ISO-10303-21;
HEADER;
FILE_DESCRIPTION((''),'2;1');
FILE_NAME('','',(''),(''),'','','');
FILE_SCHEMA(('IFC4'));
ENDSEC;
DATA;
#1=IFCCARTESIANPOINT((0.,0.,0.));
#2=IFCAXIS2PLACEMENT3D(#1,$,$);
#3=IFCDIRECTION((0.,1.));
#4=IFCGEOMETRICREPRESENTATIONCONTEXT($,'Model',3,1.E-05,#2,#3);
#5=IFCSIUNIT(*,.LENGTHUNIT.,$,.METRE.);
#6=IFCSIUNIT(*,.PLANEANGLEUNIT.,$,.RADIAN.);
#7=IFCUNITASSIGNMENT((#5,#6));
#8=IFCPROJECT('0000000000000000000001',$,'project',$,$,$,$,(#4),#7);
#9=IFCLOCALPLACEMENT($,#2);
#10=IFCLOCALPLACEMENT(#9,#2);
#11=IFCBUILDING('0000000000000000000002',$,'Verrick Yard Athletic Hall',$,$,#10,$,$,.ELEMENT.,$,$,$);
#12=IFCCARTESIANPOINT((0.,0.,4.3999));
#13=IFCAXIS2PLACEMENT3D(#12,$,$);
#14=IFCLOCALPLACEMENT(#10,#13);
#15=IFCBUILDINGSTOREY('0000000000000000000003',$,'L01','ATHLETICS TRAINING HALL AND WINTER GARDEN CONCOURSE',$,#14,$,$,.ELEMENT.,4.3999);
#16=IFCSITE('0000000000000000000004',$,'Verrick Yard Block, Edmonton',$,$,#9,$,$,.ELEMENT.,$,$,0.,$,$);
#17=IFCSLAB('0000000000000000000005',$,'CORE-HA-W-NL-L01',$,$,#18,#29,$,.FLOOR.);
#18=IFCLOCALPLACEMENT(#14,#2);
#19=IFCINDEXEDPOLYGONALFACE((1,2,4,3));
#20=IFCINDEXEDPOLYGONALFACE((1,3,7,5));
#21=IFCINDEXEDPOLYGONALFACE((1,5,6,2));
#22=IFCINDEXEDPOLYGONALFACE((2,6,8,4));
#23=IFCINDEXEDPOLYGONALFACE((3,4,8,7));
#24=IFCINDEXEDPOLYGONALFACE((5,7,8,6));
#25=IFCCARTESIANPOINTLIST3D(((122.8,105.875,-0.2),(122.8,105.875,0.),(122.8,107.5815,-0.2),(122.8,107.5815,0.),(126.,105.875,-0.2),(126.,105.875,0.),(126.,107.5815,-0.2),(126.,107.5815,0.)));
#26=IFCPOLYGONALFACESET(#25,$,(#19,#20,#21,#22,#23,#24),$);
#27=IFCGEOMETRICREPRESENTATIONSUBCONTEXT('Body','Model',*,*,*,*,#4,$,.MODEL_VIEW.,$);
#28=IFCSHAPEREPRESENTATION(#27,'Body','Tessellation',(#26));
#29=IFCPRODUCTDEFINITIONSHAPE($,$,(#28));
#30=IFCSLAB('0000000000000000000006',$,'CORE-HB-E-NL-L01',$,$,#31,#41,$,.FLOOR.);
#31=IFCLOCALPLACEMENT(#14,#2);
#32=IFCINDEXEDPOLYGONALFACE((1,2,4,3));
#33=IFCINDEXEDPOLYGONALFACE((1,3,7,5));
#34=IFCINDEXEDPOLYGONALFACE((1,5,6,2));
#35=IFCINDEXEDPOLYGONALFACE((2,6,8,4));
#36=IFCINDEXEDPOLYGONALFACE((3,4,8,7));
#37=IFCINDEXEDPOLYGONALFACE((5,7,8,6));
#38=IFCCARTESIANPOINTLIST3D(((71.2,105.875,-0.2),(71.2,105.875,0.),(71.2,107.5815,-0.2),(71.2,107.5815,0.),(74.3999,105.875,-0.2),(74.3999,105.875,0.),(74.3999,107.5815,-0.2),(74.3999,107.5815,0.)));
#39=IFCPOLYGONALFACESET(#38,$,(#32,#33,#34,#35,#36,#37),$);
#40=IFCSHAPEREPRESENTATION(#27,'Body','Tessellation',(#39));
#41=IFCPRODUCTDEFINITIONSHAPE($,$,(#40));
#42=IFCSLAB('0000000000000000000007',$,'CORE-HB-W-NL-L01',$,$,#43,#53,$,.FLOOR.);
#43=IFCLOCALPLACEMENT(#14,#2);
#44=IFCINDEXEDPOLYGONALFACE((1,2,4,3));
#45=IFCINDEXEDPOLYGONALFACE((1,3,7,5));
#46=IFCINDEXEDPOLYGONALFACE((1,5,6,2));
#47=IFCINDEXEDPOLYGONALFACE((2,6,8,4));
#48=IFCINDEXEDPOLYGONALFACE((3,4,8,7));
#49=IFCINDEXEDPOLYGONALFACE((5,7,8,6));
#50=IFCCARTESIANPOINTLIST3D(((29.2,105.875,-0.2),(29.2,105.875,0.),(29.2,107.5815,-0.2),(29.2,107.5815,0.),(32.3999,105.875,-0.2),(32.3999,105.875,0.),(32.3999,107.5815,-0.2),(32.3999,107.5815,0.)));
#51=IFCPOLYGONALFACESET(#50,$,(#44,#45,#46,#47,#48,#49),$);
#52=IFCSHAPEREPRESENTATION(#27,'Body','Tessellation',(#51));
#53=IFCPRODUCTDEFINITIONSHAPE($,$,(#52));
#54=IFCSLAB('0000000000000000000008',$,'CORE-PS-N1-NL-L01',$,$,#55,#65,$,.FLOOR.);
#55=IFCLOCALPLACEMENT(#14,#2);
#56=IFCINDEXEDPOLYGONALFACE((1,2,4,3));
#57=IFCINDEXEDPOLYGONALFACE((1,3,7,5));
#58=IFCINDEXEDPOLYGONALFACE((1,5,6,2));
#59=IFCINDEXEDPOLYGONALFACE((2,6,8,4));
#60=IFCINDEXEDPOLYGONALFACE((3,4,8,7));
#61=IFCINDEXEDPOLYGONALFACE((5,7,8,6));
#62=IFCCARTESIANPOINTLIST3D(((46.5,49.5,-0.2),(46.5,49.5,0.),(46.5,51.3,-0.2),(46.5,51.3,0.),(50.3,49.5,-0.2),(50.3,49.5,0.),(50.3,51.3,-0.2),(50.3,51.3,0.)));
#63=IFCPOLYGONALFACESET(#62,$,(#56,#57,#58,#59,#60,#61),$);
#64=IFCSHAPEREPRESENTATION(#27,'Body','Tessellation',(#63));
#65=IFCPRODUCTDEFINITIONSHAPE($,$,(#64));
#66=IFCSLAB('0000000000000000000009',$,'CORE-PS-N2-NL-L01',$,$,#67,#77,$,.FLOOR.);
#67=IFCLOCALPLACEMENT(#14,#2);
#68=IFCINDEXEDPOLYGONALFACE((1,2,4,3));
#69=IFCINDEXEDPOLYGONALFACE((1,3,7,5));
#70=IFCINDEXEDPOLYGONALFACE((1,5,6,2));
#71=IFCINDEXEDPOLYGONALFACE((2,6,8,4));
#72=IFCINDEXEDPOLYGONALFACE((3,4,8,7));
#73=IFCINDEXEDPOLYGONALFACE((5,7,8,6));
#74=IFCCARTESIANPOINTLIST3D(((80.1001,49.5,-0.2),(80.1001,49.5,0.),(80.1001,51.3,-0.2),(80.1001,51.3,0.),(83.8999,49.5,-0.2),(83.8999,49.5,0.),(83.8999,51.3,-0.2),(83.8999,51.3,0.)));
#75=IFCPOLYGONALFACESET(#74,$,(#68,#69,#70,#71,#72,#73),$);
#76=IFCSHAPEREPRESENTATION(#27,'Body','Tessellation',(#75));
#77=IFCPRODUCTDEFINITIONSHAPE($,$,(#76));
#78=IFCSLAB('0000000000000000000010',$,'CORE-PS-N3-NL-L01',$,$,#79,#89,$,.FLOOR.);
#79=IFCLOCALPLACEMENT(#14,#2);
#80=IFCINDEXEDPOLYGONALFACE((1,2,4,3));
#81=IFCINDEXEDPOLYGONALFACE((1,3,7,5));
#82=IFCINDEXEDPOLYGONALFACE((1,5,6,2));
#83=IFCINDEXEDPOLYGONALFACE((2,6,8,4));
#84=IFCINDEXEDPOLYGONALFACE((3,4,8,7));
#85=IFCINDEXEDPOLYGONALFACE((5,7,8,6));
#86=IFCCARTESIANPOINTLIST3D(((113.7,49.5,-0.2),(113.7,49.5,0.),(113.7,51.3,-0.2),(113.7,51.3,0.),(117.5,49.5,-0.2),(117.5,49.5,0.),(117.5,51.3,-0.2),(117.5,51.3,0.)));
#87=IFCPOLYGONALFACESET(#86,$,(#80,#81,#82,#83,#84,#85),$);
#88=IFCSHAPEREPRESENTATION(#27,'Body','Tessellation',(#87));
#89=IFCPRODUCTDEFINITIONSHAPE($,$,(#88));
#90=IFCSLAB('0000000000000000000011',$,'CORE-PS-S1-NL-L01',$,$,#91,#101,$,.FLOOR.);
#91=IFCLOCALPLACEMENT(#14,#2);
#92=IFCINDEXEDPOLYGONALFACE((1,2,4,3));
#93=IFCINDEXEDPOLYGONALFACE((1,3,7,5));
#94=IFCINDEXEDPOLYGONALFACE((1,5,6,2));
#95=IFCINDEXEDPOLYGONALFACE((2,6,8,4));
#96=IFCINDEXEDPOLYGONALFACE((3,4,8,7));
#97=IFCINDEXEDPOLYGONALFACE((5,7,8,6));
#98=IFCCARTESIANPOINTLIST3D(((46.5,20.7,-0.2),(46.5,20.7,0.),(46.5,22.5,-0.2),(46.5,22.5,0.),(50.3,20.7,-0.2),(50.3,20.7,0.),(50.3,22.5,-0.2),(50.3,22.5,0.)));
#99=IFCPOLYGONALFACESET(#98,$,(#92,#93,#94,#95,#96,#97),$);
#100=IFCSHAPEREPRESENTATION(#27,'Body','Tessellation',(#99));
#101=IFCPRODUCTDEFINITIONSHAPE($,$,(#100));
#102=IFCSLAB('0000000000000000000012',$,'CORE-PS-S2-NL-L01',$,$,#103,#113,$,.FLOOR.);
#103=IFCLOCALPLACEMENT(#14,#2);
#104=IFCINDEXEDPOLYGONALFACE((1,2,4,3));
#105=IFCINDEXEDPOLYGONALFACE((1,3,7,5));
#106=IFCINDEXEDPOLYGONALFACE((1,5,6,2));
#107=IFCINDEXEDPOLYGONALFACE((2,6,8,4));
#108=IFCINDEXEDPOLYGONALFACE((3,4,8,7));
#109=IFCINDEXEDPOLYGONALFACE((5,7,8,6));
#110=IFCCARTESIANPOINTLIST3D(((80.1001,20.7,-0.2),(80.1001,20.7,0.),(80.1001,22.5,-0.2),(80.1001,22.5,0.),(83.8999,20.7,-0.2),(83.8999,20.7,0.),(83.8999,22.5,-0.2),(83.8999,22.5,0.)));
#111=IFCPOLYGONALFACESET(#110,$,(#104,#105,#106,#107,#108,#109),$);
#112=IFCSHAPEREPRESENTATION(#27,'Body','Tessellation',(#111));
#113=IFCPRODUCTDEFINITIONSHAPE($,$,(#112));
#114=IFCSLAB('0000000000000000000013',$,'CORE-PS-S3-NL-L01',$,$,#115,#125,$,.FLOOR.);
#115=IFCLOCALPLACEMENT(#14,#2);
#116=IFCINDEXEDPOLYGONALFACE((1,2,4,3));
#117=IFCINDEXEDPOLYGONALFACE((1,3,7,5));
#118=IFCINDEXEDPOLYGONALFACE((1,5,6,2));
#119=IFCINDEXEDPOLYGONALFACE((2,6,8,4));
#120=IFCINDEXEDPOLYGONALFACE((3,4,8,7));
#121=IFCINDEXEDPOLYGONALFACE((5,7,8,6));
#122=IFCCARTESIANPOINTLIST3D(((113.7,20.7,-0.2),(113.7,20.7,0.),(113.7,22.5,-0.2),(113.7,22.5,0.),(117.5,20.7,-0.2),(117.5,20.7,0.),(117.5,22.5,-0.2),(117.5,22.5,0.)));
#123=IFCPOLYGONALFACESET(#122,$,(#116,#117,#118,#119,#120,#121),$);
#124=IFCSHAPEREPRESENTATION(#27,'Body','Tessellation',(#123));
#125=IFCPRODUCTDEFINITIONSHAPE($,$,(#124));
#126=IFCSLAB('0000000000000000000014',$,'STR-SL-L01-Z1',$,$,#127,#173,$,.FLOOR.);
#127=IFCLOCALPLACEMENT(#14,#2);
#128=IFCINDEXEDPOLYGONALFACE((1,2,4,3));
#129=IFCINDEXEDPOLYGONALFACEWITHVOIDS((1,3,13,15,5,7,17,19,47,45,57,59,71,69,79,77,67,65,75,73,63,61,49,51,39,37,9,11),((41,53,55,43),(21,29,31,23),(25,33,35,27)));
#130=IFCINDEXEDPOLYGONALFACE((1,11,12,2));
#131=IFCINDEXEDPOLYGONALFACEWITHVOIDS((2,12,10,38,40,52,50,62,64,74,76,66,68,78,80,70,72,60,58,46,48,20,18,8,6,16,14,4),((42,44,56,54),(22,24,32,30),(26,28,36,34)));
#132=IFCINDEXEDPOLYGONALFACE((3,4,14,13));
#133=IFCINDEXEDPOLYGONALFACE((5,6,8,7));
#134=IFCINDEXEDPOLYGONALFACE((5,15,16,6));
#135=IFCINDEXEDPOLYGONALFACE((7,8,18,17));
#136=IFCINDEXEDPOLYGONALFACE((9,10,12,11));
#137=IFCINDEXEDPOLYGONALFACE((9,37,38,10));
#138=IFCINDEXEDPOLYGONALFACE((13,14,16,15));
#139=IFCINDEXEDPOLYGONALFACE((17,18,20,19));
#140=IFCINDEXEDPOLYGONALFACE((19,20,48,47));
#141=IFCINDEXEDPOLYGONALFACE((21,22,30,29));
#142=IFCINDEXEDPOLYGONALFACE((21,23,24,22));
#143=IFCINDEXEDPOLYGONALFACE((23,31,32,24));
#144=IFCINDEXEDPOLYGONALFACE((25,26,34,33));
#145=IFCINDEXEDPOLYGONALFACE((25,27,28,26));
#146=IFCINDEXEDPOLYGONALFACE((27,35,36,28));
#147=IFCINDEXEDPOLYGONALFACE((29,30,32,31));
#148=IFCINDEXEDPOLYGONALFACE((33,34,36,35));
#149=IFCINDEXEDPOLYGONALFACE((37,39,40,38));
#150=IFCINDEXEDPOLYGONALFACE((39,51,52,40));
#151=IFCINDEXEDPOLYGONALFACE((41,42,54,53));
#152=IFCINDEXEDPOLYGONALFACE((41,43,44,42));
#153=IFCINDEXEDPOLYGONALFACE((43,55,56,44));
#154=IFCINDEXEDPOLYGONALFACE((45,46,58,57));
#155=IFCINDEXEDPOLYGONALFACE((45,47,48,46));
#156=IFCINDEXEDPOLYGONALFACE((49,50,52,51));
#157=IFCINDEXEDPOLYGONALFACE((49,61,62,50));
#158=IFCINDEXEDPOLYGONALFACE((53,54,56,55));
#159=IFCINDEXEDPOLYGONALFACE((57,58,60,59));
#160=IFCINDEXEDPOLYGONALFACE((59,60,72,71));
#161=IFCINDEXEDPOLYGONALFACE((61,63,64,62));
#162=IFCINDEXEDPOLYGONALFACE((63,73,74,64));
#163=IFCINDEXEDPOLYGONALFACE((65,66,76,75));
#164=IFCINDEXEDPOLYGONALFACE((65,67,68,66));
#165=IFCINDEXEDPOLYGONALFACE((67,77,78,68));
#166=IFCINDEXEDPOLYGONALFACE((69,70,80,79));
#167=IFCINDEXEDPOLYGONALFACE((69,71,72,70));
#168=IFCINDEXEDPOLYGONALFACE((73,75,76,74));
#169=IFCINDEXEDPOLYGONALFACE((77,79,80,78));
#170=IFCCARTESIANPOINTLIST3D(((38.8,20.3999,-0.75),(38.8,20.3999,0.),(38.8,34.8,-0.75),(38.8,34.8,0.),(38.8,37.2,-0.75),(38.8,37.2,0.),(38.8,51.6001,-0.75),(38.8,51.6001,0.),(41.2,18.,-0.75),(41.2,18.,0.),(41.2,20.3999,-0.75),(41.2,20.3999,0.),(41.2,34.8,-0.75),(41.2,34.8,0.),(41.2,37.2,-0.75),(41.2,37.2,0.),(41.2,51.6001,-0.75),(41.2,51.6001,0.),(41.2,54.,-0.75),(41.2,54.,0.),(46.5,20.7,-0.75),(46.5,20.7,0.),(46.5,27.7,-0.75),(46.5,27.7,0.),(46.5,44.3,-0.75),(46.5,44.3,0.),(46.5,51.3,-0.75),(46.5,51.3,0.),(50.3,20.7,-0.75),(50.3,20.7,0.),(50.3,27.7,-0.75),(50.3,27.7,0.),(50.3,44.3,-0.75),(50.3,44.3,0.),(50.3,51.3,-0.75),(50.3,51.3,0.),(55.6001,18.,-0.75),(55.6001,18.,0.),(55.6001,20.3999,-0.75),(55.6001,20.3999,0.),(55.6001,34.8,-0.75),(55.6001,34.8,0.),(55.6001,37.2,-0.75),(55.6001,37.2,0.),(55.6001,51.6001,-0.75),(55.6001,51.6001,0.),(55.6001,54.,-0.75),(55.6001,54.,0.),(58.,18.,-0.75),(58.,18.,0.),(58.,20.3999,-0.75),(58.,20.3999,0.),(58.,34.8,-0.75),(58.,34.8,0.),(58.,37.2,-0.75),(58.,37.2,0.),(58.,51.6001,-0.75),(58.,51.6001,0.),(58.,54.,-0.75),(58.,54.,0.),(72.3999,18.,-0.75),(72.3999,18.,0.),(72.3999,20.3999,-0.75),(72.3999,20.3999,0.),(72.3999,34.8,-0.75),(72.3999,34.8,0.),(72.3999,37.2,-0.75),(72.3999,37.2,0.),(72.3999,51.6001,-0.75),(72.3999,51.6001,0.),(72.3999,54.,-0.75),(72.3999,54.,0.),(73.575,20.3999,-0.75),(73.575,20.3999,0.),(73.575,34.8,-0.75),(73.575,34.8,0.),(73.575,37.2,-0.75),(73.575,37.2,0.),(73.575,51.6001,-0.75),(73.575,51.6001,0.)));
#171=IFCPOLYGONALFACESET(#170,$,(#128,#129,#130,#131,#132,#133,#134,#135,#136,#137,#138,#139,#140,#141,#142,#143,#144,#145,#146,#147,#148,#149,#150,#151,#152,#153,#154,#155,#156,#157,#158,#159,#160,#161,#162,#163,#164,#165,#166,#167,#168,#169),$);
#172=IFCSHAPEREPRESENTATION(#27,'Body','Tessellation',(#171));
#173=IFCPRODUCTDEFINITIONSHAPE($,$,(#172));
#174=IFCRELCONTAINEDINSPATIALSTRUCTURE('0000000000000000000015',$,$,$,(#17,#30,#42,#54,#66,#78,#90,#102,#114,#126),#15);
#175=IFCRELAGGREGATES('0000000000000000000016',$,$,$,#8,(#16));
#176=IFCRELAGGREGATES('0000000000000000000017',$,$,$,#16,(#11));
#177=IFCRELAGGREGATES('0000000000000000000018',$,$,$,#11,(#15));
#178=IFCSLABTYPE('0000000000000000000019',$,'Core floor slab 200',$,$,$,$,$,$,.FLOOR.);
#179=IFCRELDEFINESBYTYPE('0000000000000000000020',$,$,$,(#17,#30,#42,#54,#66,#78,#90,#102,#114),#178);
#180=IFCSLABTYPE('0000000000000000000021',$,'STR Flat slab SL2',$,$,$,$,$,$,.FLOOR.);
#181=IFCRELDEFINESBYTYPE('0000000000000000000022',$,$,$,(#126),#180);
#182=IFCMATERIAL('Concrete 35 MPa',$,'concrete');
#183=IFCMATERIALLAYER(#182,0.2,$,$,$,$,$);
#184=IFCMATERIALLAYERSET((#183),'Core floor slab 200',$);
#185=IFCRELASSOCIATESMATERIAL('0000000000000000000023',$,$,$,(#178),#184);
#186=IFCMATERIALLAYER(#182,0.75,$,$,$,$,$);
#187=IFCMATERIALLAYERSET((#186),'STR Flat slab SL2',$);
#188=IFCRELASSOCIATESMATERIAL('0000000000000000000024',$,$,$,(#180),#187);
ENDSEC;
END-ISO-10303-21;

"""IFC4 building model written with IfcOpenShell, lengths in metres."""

from ifc_helpers import new_model, si_unit, direction, frame, origin, place, context, subcontext, project, spatial, polyline, outline, extrude, material, layer, layer_set, type_object, element, save


model = new_model("IFC4")

# Units and contexts
model_context = context("Model", 3, precision=1e-05, world=origin(), true_north=direction((0.0, 1.0)))
body_context = subcontext(model_context, "Body", "Model", "MODEL_VIEW")
ifc_project = project(units=[si_unit("LENGTHUNIT", "METRE"), si_unit("PLANEANGLEUNIT", "RADIAN")], contexts=[model_context])

# Site, building, storey
site_placement = place(None, origin())
site = spatial("IfcSite", under=ifc_project, at=site_placement, Name="Verrick Yard Block, Edmonton", CompositionType="ELEMENT", RefElevation=0.0)
building_placement = place(site_placement, origin())
building = spatial("IfcBuilding", under=site, at=building_placement, Name="Verrick Yard Athletic Hall", CompositionType="ELEMENT")
storey_placement = place(building_placement, frame((0.0, 0.0, 4.3999)))
storey = spatial("IfcBuildingStorey", under=building, at=storey_placement, Name="L01", Description="ATHLETICS TRAINING HALL AND WINTER GARDEN CONCOURSE", CompositionType="ELEMENT", Elevation=4.3999)

# Slabs
ifc_material = material(Name="Concrete 35 MPa", Category="concrete")
ifc_layer_1 = layer(ifc_material, 0.2)
ifc_layer_set_1 = layer_set([ifc_layer_1], Name="Core floor slab 200")
slab_type_1 = type_object("IfcSlabType", Name="Core floor slab 200", PredefinedType="FLOOR", material=ifc_layer_set_1)
slab_1_placement = place(storey_placement, frame((0.0, 0.0, -0.2)))
element("IfcSlab", 1, at=slab_1_placement, inside=storey, type_object=slab_type_1, Name="CORE-HA-W-NL-L01", PredefinedType="FLOOR", context=body_context, shape_type="SweptSolid", body=[
    extrude(outline(polyline([(122.8, 107.5815), (122.8, 105.875), (126.0, 105.875), (126.0, 107.5815), (122.8, 107.5815)])), origin(), (0.0, 0.0, 1.0), 0.2),
])
slab_2_placement = place(storey_placement, frame((0.0, 0.0, -0.2)))
element("IfcSlab", 2, at=slab_2_placement, inside=storey, type_object=slab_type_1, Name="CORE-HB-E-NL-L01", PredefinedType="FLOOR", context=body_context, shape_type="SweptSolid", body=[
    extrude(outline(polyline([(71.2, 107.5815), (71.2, 105.875), (74.3999, 105.875), (74.3999, 107.5815), (71.2, 107.5815)])), origin(), (0.0, 0.0, 1.0), 0.2),
])
slab_3_placement = place(storey_placement, frame((0.0, 0.0, -0.2)))
element("IfcSlab", 3, at=slab_3_placement, inside=storey, type_object=slab_type_1, Name="CORE-HB-W-NL-L01", PredefinedType="FLOOR", context=body_context, shape_type="SweptSolid", body=[
    extrude(outline(polyline([(29.2, 107.5815), (29.2, 105.875), (32.3999, 105.875), (32.3999, 107.5815), (29.2, 107.5815)])), origin(), (0.0, 0.0, 1.0), 0.2),
])
slab_4_placement = place(storey_placement, frame((0.0, 0.0, -0.2)))
element("IfcSlab", 4, at=slab_4_placement, inside=storey, type_object=slab_type_1, Name="CORE-PS-N1-NL-L01", PredefinedType="FLOOR", context=body_context, shape_type="SweptSolid", body=[
    extrude(outline(polyline([(46.5, 51.3), (46.5, 49.5), (50.3, 49.5), (50.3, 51.3), (46.5, 51.3)])), origin(), (0.0, 0.0, 1.0), 0.2),
])
slab_5_placement = place(storey_placement, frame((0.0, 0.0, -0.2)))
element("IfcSlab", 5, at=slab_5_placement, inside=storey, type_object=slab_type_1, Name="CORE-PS-N2-NL-L01", PredefinedType="FLOOR", context=body_context, shape_type="SweptSolid", body=[
    extrude(outline(polyline([(80.1001, 51.3), (80.1001, 49.5), (83.8999, 49.5), (83.8999, 51.3), (80.1001, 51.3)])), origin(), (0.0, 0.0, 1.0), 0.2),
])
slab_6_placement = place(storey_placement, frame((0.0, 0.0, -0.2)))
element("IfcSlab", 6, at=slab_6_placement, inside=storey, type_object=slab_type_1, Name="CORE-PS-N3-NL-L01", PredefinedType="FLOOR", context=body_context, shape_type="SweptSolid", body=[
    extrude(outline(polyline([(113.7, 51.3), (113.7, 49.5), (117.5, 49.5), (117.5, 51.3), (113.7, 51.3)])), origin(), (0.0, 0.0, 1.0), 0.2),
])
slab_7_placement = place(storey_placement, frame((0.0, 0.0, -0.2)))
element("IfcSlab", 7, at=slab_7_placement, inside=storey, type_object=slab_type_1, Name="CORE-PS-S1-NL-L01", PredefinedType="FLOOR", context=body_context, shape_type="SweptSolid", body=[
    extrude(outline(polyline([(50.3, 20.7), (50.3, 22.5), (46.5, 22.5), (46.5, 20.7), (50.3, 20.7)])), origin(), (0.0, 0.0, 1.0), 0.2),
])
slab_8_placement = place(storey_placement, frame((0.0, 0.0, -0.2)))
element("IfcSlab", 8, at=slab_8_placement, inside=storey, type_object=slab_type_1, Name="CORE-PS-S2-NL-L01", PredefinedType="FLOOR", context=body_context, shape_type="SweptSolid", body=[
    extrude(outline(polyline([(83.8999, 20.7), (83.8999, 22.5), (80.1001, 22.5), (80.1001, 20.7), (83.8999, 20.7)])), origin(), (0.0, 0.0, 1.0), 0.2),
])
slab_9_placement = place(storey_placement, frame((0.0, 0.0, -0.2)))
element("IfcSlab", 9, at=slab_9_placement, inside=storey, type_object=slab_type_1, Name="CORE-PS-S3-NL-L01", PredefinedType="FLOOR", context=body_context, shape_type="SweptSolid", body=[
    extrude(outline(polyline([(117.5, 20.7), (117.5, 22.5), (113.7, 22.5), (113.7, 20.7), (117.5, 20.7)])), origin(), (0.0, 0.0, 1.0), 0.2),
])
ifc_layer_2 = layer(ifc_material, 0.75)
ifc_layer_set_2 = layer_set([ifc_layer_2], Name="STR Flat slab SL2")
slab_type_2 = type_object("IfcSlabType", Name="STR Flat slab SL2", PredefinedType="FLOOR", material=ifc_layer_set_2)
slab_10_placement = place(storey_placement, frame((0.0, 0.0, -0.75)))
element("IfcSlab", 10, at=slab_10_placement, inside=storey, type_object=slab_type_2, Name="STR-SL-L01-Z1", PredefinedType="FLOOR", context=body_context, shape_type="SweptSolid", body=[
    extrude(outline(polyline([(72.3999, 20.3999), (73.575, 20.3999), (73.575, 34.8), (72.3999, 34.8), (72.3999, 37.2), (73.575, 37.2), (73.575, 51.6001), (72.3999, 51.6001), (72.3999, 54.0), (58.0, 54.0), (58.0, 51.6001), (55.6001, 51.6001), (55.6001, 54.0), (41.2, 54.0), (41.2, 51.6001), (38.8, 51.6001), (38.8, 37.2), (41.2, 37.2), (41.2, 34.8), (38.8, 34.8), (38.8, 20.3999), (41.2, 20.3999), (41.2, 18.0), (55.6001, 18.0), (55.6001, 20.3999), (58.0, 20.3999), (58.0, 18.0), (72.3999, 18.0), (72.3999, 20.3999)]), holes=[polyline([(58.0, 37.2), (58.0, 34.8), (55.6001, 34.8), (55.6001, 37.2), (58.0, 37.2)]), polyline([(46.5, 20.7), (46.5, 27.7), (50.3, 27.7), (50.3, 20.7), (46.5, 20.7)]), polyline([(46.5, 44.3), (46.5, 51.3), (50.3, 51.3), (50.3, 44.3), (46.5, 44.3)])]), origin(), (0.0, 0.0, 1.0), 0.75),
])

save(model, "model.ifc")
